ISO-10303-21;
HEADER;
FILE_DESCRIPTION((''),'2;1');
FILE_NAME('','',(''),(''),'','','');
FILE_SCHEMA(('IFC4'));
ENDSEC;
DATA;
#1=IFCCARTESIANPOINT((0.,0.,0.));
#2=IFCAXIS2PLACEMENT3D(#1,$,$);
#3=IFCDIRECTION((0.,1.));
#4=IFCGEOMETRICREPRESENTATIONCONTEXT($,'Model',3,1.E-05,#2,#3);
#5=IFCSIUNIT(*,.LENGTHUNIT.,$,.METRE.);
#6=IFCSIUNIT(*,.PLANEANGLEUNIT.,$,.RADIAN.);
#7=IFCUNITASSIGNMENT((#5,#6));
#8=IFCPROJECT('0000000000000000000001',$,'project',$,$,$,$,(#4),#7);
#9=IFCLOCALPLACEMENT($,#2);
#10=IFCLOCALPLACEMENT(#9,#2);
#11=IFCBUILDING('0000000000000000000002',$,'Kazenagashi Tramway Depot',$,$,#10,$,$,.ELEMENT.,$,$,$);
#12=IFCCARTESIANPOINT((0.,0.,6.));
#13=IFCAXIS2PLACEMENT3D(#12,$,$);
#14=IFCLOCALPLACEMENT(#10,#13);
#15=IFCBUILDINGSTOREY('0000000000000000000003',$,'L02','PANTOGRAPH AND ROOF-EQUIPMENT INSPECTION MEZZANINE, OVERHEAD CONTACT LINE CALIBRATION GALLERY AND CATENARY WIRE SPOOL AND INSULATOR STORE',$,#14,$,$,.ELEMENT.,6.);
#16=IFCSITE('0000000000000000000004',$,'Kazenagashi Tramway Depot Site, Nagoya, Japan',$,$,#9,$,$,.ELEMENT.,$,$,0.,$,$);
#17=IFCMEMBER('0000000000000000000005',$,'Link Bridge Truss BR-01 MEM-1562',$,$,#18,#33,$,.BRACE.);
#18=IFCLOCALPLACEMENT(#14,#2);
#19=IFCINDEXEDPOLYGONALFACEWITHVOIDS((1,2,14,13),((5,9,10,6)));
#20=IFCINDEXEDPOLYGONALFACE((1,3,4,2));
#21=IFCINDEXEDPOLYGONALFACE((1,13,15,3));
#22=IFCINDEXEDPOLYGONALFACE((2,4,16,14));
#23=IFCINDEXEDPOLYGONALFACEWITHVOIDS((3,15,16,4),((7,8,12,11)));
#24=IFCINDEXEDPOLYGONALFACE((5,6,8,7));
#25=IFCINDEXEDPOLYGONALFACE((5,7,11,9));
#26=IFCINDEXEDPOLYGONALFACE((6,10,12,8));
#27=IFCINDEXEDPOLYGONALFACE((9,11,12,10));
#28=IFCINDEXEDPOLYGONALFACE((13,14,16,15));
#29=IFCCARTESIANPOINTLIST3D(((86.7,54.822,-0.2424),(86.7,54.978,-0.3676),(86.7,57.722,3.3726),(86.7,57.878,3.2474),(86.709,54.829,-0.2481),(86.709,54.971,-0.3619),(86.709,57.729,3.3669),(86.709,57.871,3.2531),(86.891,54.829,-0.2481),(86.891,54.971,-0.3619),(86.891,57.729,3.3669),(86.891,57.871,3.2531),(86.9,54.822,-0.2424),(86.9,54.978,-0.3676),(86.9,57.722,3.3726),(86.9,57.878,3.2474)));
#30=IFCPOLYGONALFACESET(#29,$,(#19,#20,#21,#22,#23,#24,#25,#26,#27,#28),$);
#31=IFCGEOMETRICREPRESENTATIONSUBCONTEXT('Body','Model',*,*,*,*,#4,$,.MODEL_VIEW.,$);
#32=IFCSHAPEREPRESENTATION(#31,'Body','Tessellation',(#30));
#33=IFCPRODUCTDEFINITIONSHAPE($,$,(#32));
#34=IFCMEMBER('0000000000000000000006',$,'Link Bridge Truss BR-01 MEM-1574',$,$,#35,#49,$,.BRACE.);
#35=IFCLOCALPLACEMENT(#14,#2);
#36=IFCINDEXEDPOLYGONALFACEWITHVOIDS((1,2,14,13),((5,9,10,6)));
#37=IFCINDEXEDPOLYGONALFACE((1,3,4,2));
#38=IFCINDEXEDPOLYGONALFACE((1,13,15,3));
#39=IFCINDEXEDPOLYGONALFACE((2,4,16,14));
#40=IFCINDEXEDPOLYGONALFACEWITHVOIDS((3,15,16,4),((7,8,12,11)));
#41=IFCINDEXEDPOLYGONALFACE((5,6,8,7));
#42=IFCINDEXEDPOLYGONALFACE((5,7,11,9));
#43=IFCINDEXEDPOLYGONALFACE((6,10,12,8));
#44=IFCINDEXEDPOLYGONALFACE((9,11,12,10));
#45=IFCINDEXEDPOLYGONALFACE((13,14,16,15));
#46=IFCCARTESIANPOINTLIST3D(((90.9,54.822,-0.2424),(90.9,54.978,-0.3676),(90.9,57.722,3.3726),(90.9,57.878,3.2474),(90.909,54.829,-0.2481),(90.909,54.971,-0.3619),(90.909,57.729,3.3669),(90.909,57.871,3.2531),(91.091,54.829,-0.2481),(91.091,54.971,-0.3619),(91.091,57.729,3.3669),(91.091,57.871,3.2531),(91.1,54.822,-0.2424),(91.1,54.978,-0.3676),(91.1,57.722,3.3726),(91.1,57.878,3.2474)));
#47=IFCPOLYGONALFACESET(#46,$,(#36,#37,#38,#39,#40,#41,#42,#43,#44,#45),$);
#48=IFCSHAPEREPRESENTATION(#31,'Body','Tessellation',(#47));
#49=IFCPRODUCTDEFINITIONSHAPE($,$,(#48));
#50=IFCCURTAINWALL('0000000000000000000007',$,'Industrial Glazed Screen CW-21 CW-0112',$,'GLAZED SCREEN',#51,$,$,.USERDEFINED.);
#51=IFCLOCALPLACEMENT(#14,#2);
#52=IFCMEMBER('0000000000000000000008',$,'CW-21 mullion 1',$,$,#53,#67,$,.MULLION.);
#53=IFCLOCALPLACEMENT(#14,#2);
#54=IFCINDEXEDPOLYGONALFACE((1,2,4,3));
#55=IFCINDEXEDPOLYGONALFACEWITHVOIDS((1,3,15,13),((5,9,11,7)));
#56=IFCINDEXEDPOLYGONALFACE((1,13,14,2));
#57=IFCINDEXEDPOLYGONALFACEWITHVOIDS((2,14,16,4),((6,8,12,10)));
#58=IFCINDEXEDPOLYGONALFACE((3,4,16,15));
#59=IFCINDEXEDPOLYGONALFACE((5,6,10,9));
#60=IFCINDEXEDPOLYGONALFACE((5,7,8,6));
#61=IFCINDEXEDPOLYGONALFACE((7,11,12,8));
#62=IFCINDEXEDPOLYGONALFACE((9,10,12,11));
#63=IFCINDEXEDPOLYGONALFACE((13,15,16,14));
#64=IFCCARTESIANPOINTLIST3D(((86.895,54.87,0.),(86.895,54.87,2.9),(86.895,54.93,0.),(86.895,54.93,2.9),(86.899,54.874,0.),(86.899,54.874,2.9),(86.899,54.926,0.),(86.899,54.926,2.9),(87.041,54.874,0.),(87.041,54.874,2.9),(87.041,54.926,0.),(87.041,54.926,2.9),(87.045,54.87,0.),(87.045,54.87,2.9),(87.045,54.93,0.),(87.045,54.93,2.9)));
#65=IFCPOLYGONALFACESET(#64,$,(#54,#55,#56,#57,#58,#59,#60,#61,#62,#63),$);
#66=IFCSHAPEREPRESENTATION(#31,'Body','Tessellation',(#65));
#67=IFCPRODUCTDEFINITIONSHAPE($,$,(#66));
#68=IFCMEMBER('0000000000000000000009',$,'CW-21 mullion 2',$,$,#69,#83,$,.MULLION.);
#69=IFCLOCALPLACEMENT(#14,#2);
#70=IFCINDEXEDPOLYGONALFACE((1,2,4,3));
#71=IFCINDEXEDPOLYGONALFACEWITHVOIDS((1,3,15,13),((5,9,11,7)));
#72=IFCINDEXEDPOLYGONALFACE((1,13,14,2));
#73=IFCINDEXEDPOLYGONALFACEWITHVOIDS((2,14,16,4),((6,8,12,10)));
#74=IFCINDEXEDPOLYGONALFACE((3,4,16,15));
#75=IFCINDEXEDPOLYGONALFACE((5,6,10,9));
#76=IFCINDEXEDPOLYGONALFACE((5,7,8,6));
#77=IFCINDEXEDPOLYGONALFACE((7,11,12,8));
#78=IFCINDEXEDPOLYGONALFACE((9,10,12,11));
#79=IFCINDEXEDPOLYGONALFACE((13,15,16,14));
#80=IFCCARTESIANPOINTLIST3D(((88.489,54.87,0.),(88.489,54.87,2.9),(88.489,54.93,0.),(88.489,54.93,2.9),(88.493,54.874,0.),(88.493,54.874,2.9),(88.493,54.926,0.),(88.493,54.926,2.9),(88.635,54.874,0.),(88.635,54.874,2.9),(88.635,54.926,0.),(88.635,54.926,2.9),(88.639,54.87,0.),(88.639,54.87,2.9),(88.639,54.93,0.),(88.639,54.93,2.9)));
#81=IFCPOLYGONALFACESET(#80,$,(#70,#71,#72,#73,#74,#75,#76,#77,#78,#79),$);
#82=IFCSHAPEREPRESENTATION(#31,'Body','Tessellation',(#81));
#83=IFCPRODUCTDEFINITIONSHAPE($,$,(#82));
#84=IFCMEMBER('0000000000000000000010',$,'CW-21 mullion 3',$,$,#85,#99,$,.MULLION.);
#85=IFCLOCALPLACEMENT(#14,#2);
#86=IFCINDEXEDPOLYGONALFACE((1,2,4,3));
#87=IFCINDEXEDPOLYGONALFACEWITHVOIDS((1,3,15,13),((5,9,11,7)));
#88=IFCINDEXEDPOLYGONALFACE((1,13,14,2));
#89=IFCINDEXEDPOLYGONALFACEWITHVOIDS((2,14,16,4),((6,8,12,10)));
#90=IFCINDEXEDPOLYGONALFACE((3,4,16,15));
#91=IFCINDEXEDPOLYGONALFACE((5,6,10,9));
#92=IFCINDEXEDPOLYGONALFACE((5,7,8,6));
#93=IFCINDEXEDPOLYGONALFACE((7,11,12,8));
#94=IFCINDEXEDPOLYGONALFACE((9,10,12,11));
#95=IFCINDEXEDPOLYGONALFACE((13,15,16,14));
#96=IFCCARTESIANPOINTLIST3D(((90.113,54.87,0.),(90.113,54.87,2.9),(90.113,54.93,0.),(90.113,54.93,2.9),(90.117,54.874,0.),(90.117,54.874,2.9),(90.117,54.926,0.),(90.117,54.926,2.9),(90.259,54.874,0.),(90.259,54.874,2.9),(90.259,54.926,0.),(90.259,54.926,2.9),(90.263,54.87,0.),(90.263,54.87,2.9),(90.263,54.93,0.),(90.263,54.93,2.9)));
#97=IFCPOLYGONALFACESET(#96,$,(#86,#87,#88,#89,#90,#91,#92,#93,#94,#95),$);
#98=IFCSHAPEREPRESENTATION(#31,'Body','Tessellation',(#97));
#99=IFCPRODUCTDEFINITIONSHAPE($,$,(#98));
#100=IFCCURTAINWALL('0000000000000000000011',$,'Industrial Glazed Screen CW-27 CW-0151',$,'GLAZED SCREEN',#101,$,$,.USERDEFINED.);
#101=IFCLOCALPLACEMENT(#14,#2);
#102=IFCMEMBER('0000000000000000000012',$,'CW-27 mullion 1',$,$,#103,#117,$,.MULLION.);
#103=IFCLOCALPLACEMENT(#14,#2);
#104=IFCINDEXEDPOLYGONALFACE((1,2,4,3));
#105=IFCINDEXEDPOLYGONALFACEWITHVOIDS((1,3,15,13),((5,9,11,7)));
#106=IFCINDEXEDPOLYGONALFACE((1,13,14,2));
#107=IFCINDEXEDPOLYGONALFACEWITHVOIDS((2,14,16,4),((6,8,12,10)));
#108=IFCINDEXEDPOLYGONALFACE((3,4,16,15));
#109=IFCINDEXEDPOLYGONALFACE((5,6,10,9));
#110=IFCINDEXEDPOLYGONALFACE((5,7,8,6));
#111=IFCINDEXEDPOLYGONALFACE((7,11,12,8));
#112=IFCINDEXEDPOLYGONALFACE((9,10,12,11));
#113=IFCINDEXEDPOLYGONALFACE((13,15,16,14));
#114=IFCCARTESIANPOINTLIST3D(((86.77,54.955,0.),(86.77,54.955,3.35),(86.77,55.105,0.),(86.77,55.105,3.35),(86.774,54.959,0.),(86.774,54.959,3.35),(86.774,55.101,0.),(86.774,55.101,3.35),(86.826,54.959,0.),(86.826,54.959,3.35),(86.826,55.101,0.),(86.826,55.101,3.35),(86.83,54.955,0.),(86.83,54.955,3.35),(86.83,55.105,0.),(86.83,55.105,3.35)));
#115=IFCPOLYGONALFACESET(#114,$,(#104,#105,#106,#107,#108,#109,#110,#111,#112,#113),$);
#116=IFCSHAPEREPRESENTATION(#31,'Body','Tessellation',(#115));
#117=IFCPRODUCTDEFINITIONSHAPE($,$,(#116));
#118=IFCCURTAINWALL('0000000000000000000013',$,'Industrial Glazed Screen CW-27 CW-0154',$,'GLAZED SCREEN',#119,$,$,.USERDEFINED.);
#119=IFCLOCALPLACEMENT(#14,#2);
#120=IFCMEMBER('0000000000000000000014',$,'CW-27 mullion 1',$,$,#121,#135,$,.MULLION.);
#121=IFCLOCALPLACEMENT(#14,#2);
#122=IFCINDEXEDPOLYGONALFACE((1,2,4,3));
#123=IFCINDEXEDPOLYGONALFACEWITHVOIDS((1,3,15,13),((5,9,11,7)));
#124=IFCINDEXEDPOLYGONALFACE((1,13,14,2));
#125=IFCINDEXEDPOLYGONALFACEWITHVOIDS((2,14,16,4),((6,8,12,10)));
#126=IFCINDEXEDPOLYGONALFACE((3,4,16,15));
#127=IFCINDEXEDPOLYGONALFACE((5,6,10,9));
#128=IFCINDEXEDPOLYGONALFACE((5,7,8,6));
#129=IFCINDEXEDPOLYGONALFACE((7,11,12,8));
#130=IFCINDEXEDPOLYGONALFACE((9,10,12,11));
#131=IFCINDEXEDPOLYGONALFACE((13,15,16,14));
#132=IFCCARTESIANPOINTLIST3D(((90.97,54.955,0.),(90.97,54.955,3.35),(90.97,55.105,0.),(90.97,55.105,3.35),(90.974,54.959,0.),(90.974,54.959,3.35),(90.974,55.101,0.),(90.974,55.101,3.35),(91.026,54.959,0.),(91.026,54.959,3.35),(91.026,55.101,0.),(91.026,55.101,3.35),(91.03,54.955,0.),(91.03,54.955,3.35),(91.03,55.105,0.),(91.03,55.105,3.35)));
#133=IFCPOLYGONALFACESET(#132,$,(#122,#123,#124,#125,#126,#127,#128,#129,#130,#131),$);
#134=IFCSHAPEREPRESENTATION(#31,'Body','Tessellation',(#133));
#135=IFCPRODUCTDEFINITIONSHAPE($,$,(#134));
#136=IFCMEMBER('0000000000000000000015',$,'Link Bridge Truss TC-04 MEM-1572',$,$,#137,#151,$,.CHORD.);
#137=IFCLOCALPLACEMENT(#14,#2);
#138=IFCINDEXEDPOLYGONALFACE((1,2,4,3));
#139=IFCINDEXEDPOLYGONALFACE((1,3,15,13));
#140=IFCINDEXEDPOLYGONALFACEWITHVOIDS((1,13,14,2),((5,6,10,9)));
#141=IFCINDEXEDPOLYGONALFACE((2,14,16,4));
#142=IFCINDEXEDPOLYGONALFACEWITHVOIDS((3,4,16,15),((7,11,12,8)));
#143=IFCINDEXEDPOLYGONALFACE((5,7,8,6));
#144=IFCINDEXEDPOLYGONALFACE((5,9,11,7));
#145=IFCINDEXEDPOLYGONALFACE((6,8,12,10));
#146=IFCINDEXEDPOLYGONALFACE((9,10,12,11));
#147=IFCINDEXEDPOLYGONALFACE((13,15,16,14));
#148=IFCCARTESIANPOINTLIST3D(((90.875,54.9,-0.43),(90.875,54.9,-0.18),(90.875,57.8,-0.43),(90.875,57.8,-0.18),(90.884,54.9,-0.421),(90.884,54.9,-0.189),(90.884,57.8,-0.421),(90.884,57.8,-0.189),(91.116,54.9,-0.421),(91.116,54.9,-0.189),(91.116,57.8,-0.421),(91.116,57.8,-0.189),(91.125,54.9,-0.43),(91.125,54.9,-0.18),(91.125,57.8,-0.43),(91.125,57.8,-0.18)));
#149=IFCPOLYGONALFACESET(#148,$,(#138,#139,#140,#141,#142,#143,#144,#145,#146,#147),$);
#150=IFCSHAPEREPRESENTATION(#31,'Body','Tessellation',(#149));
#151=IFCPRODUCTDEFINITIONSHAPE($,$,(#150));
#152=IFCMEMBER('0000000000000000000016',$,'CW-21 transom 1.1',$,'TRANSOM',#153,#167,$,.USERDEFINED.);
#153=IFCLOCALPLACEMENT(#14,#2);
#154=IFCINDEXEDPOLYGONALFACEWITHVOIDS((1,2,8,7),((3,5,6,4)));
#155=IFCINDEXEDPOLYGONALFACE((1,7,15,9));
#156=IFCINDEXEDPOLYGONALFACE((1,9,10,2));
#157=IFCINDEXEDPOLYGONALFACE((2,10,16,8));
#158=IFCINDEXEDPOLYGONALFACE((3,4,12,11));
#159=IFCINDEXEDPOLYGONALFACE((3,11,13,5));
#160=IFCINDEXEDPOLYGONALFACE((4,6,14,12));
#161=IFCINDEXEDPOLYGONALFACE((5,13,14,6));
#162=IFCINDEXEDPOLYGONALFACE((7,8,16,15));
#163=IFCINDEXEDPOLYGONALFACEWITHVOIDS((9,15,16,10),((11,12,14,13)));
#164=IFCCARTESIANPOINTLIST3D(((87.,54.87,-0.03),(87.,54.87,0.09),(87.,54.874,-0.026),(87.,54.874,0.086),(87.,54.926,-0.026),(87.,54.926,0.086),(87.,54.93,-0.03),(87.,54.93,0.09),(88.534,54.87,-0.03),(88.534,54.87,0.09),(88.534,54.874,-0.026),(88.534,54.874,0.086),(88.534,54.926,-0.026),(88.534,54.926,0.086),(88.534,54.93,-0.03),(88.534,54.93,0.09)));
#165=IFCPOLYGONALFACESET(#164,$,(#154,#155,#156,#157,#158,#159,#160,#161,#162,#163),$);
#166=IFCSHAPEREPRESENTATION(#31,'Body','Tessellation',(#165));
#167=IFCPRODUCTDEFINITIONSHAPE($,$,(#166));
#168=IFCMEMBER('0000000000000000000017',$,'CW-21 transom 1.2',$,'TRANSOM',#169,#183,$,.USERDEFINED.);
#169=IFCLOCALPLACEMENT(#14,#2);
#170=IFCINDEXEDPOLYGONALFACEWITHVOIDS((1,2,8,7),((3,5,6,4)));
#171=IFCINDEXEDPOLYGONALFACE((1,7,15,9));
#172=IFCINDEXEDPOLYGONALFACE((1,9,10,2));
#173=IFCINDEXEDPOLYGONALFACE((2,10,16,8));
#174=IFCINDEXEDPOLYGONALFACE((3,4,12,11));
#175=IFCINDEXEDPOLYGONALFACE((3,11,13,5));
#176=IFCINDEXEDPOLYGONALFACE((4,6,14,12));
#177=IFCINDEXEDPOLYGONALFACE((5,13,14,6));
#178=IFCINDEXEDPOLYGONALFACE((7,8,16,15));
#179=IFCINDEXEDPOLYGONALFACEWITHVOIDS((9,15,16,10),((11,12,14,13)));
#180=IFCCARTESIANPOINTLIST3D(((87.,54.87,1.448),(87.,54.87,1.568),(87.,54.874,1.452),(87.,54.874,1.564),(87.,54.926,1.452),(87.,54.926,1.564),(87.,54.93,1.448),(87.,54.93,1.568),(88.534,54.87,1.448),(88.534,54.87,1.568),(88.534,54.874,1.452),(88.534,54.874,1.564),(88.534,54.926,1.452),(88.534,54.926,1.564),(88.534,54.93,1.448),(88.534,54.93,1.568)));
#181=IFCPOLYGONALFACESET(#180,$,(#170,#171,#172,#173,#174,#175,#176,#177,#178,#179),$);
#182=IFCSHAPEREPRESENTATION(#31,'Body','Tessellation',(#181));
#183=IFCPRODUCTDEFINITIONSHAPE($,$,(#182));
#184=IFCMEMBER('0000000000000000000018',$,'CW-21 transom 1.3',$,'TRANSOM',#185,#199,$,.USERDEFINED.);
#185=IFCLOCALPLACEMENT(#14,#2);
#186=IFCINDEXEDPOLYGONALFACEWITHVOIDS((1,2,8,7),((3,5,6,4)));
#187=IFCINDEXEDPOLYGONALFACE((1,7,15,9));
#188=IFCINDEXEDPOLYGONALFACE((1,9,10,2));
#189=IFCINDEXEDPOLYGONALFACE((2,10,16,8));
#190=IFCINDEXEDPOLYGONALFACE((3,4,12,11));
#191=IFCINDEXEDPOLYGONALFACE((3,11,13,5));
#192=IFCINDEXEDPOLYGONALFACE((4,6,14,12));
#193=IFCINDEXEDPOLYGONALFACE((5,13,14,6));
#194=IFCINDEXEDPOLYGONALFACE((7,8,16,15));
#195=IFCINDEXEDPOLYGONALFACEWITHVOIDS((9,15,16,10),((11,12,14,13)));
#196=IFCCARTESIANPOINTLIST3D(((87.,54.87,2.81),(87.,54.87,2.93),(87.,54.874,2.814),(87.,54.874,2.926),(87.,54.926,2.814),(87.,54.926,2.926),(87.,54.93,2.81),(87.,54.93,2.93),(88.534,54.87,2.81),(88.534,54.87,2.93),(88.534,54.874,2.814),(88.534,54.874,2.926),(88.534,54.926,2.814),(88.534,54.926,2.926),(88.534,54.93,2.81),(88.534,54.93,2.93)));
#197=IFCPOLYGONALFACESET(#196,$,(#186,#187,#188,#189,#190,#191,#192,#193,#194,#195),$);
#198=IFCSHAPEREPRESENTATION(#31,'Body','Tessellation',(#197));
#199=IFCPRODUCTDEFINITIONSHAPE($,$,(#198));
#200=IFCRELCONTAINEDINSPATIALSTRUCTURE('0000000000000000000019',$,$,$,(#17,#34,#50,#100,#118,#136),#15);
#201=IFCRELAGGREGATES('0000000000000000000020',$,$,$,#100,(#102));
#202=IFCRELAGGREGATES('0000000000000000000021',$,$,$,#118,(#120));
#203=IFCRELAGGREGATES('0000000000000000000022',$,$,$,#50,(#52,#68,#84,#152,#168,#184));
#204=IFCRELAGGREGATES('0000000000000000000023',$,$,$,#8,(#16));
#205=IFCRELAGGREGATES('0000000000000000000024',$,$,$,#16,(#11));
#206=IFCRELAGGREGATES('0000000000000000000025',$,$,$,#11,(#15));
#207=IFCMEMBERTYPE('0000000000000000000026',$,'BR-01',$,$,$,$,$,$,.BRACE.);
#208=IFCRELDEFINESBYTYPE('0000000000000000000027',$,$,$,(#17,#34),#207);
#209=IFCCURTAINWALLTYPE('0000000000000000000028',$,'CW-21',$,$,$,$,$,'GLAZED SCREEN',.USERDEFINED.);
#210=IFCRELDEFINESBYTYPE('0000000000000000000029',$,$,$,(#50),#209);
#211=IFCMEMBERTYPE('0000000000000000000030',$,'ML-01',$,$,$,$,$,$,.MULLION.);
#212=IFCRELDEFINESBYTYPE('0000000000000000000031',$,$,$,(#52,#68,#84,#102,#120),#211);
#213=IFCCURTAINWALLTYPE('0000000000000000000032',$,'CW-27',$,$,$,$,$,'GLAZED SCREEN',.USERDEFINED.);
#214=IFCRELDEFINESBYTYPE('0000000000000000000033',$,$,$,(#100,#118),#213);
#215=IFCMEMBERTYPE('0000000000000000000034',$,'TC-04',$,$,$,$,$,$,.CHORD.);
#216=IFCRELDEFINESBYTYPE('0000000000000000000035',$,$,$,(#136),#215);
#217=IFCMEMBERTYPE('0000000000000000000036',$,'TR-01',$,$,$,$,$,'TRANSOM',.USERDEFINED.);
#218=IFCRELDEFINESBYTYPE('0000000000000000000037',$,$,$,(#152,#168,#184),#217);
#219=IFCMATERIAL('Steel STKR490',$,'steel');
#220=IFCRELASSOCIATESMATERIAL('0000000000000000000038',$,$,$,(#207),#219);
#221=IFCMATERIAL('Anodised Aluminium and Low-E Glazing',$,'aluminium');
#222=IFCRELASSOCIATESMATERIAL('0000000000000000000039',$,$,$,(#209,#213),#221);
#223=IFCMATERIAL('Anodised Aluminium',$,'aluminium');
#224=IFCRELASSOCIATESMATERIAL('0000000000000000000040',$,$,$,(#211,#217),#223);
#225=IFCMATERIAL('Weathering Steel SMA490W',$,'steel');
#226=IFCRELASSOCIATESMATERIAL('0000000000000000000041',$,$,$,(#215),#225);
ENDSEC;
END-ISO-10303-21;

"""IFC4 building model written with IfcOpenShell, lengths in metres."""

from ifc_helpers import new_model, si_unit, direction, frame, origin, origin_2d, place, context, subcontext, project, spatial, hollow_rectangle, extrude, material, material_profile, profile_set, type_object, element, aggregate, save


model = new_model("IFC4")

# Units and contexts
model_context = context("Model", 3, precision=1e-05, world=origin(), true_north=direction((0.0, 1.0)))
body_context = subcontext(model_context, "Body", "Model", "MODEL_VIEW")
ifc_project = project(units=[si_unit("LENGTHUNIT", "METRE"), si_unit("PLANEANGLEUNIT", "RADIAN")], contexts=[model_context])

# Site, building, storey
site_placement = place(None, origin())
site = spatial("IfcSite", under=ifc_project, at=site_placement, Name="Kazenagashi Tramway Depot Site, Nagoya, Japan", CompositionType="ELEMENT", RefElevation=0.0)
building_placement = place(site_placement, origin())
building = spatial("IfcBuilding", under=site, at=building_placement, Name="Kazenagashi Tramway Depot", CompositionType="ELEMENT")
storey_placement = place(building_placement, frame((0.0, 0.0, 6.0)))
storey = spatial("IfcBuildingStorey", under=building, at=storey_placement, Name="L02", Description="PANTOGRAPH AND ROOF-EQUIPMENT INSPECTION MEZZANINE, OVERHEAD CONTACT LINE CALIBRATION GALLERY AND CATENARY WIRE SPOOL AND INSULATOR STORE", CompositionType="ELEMENT", Elevation=6.0)

# Members
ifc_material_1 = material(Name="Steel STKR490", Category="steel")
ifc_material_profile_1 = material_profile(ifc_material_1, hollow_rectangle(XDim=0.2, YDim=0.2, WallThickness=0.009, at=origin_2d()), Name="SHS-200x200x9")
ifc_profile_set_1 = profile_set([ifc_material_profile_1], Name="Steel STKR490")
member_type_1 = type_object("IfcMemberType", Name="BR-01", PredefinedType="BRACE", material=ifc_profile_set_1)
for number, where, z_axis, x_axis, name in (
    (1, (86.8, 54.9, -0.305), (0.0, 0.625747, 0.780026), (-1.0, 0.0, 0.0), "Link Bridge Truss BR-01 MEM-1562"),
    (2, (91.0, 54.9, -0.305), (0.0, 0.625747, 0.780026), (-1.0, 0.0, 0.0), "Link Bridge Truss BR-01 MEM-1574"),
):
    element("IfcMember", number, at=place(storey_placement, frame(where, z_axis=z_axis, x_axis=x_axis)), inside=storey, type_object=member_type_1, Name=name, PredefinedType="BRACE", context=body_context, shape_type="SweptSolid", body=[
        extrude(hollow_rectangle(XDim=0.2, YDim=0.2, WallThickness=0.009, at=origin_2d()), origin(), (0.0, 0.0, 1.0), 4.6345),
    ])

# Curtain wall, members
ifc_material_2 = material(Name="Anodised Aluminium and Low-E Glazing", Category="aluminium")
curtain_wall_type_1 = type_object("IfcCurtainWallType", Name="CW-21", ElementType="GLAZED SCREEN", PredefinedType="USERDEFINED", material=ifc_material_2)
curtain_wall_1_placement = place(storey_placement, origin())
curtain_wall_1 = element("IfcCurtainWall", 3, at=curtain_wall_1_placement, inside=storey, type_object=curtain_wall_type_1, Name="Industrial Glazed Screen CW-21 CW-0112", ObjectType="GLAZED SCREEN", PredefinedType="USERDEFINED")
ifc_material_3 = material(Name="Anodised Aluminium", Category="aluminium")
ifc_material_profile_2 = material_profile(ifc_material_3, hollow_rectangle(XDim=0.06, YDim=0.15, WallThickness=0.004, at=origin_2d()), Name="RHS-150x60x4")
ifc_profile_set_2 = profile_set([ifc_material_profile_2], Name="Anodised Aluminium")
member_type_2 = type_object("IfcMemberType", Name="ML-01", PredefinedType="MULLION", material=ifc_profile_set_2)
member_1_placement = place(storey_placement, frame((86.97, 54.9, 0.0), z_axis=(0.0, 0.0, 1.0), x_axis=(0.0, 1.0, 0.0)))
member_1 = element("IfcMember", 4, at=member_1_placement, type_object=member_type_2, Name="CW-21 mullion 1", PredefinedType="MULLION", context=body_context, shape_type="SweptSolid", body=[
    extrude(hollow_rectangle(XDim=0.06, YDim=0.15, WallThickness=0.004, at=origin_2d()), origin(), (0.0, 0.0, 1.0), 2.9),
])
member_2_placement = place(storey_placement, frame((88.564, 54.9, 0.0), z_axis=(0.0, 0.0, 1.0), x_axis=(0.0, 1.0, 0.0)))
member_2 = element("IfcMember", 5, at=member_2_placement, type_object=member_type_2, Name="CW-21 mullion 2", PredefinedType="MULLION", context=body_context, shape_type="SweptSolid", body=[
    extrude(hollow_rectangle(XDim=0.06, YDim=0.15, WallThickness=0.004, at=origin_2d()), origin(), (0.0, 0.0, 1.0), 2.9),
])
member_3_placement = place(storey_placement, frame((90.188, 54.9, 0.0), z_axis=(0.0, 0.0, 1.0), x_axis=(0.0, 1.0, 0.0)))
member_3 = element("IfcMember", 6, at=member_3_placement, type_object=member_type_2, Name="CW-21 mullion 3", PredefinedType="MULLION", context=body_context, shape_type="SweptSolid", body=[
    extrude(hollow_rectangle(XDim=0.06, YDim=0.15, WallThickness=0.004, at=origin_2d()), origin(), (0.0, 0.0, 1.0), 2.9),
])

# Curtain walls, members
curtain_wall_type_2 = type_object("IfcCurtainWallType", Name="CW-27", ElementType="GLAZED SCREEN", PredefinedType="USERDEFINED", material=ifc_material_2)
curtain_wall_2_placement = place(storey_placement, origin())
curtain_wall_2 = element("IfcCurtainWall", 7, at=curtain_wall_2_placement, inside=storey, type_object=curtain_wall_type_2, Name="Industrial Glazed Screen CW-27 CW-0151", ObjectType="GLAZED SCREEN", PredefinedType="USERDEFINED")
member_4_placement = place(storey_placement, frame((86.8, 55.03, 0.0), z_axis=(0.0, 0.0, 1.0), x_axis=(-1.0, 0.0, 0.0)))
member_4 = element("IfcMember", 8, at=member_4_placement, type_object=member_type_2, Name="CW-27 mullion 1", PredefinedType="MULLION", context=body_context, shape_type="SweptSolid", body=[
    extrude(hollow_rectangle(XDim=0.06, YDim=0.15, WallThickness=0.004, at=origin_2d()), origin(), (0.0, 0.0, 1.0), 3.35),
])
curtain_wall_3_placement = place(storey_placement, origin())
curtain_wall_3 = element("IfcCurtainWall", 9, at=curtain_wall_3_placement, inside=storey, type_object=curtain_wall_type_2, Name="Industrial Glazed Screen CW-27 CW-0154", ObjectType="GLAZED SCREEN", PredefinedType="USERDEFINED")
member_5_placement = place(storey_placement, frame((91.0, 55.03, 0.0), z_axis=(0.0, 0.0, 1.0), x_axis=(-1.0, 0.0, 0.0)))
member_5 = element("IfcMember", 10, at=member_5_placement, type_object=member_type_2, Name="CW-27 mullion 1", PredefinedType="MULLION", context=body_context, shape_type="SweptSolid", body=[
    extrude(hollow_rectangle(XDim=0.06, YDim=0.15, WallThickness=0.004, at=origin_2d()), origin(), (0.0, 0.0, 1.0), 3.35),
])

# Members
ifc_material_4 = material(Name="Weathering Steel SMA490W", Category="steel")
ifc_material_profile_3 = material_profile(ifc_material_4, hollow_rectangle(XDim=0.25, YDim=0.25, WallThickness=0.009, at=origin_2d()), Name="SHS-250x250x9")
ifc_profile_set_3 = profile_set([ifc_material_profile_3], Name="Weathering Steel SMA490W")
member_type_3 = type_object("IfcMemberType", Name="TC-04", PredefinedType="CHORD", material=ifc_profile_set_3)
member_6_placement = place(storey_placement, frame((91.0, 54.9, -0.305), z_axis=(0.0, 1.0, 0.0), x_axis=(-1.0, 0.0, 0.0)))
element("IfcMember", 11, at=member_6_placement, inside=storey, type_object=member_type_3, Name="Link Bridge Truss TC-04 MEM-1572", PredefinedType="CHORD", context=body_context, shape_type="SweptSolid", body=[
    extrude(hollow_rectangle(XDim=0.25, YDim=0.25, WallThickness=0.009, at=origin_2d()), origin(), (0.0, 0.0, 1.0), 2.9),
])
ifc_material_profile_4 = material_profile(ifc_material_3, hollow_rectangle(XDim=0.06, YDim=0.12, WallThickness=0.004, at=origin_2d()), Name="RHS-120x60x4")
ifc_profile_set_4 = profile_set([ifc_material_profile_4], Name="Anodised Aluminium")
member_type_4 = type_object("IfcMemberType", Name="TR-01", ElementType="TRANSOM", PredefinedType="USERDEFINED", material=ifc_profile_set_4)
member_7_placement = place(storey_placement, frame((87.0, 54.9, 0.03), z_axis=(1.0, 0.0, 0.0), x_axis=(0.0, 1.0, 0.0)))
member_7 = element("IfcMember", 12, at=member_7_placement, type_object=member_type_4, Name="CW-21 transom 1.1", ObjectType="TRANSOM", PredefinedType="USERDEFINED", context=body_context, shape_type="SweptSolid", body=[
    extrude(hollow_rectangle(XDim=0.06, YDim=0.12, WallThickness=0.004, at=origin_2d()), origin(), (0.0, 0.0, 1.0), 1.534),
])
member_8_placement = place(storey_placement, frame((87.0, 54.9, 1.508), z_axis=(1.0, 0.0, 0.0), x_axis=(0.0, 1.0, 0.0)))
member_8 = element("IfcMember", 13, at=member_8_placement, type_object=member_type_4, Name="CW-21 transom 1.2", ObjectType="TRANSOM", PredefinedType="USERDEFINED", context=body_context, shape_type="SweptSolid", body=[
    extrude(hollow_rectangle(XDim=0.06, YDim=0.12, WallThickness=0.004, at=origin_2d()), origin(), (0.0, 0.0, 1.0), 1.534),
])
member_9_placement = place(storey_placement, frame((87.0, 54.9, 2.87), z_axis=(1.0, 0.0, 0.0), x_axis=(0.0, 1.0, 0.0)))
member_9 = element("IfcMember", 14, at=member_9_placement, type_object=member_type_4, Name="CW-21 transom 1.3", ObjectType="TRANSOM", PredefinedType="USERDEFINED", context=body_context, shape_type="SweptSolid", body=[
    extrude(hollow_rectangle(XDim=0.06, YDim=0.12, WallThickness=0.004, at=origin_2d()), origin(), (0.0, 0.0, 1.0), 1.534),
])

aggregate(curtain_wall_2, [member_4])
aggregate(curtain_wall_3, [member_5])
aggregate(curtain_wall_1, [member_1, member_2, member_3, member_7, member_8, member_9])

save(model, "model.ifc")
